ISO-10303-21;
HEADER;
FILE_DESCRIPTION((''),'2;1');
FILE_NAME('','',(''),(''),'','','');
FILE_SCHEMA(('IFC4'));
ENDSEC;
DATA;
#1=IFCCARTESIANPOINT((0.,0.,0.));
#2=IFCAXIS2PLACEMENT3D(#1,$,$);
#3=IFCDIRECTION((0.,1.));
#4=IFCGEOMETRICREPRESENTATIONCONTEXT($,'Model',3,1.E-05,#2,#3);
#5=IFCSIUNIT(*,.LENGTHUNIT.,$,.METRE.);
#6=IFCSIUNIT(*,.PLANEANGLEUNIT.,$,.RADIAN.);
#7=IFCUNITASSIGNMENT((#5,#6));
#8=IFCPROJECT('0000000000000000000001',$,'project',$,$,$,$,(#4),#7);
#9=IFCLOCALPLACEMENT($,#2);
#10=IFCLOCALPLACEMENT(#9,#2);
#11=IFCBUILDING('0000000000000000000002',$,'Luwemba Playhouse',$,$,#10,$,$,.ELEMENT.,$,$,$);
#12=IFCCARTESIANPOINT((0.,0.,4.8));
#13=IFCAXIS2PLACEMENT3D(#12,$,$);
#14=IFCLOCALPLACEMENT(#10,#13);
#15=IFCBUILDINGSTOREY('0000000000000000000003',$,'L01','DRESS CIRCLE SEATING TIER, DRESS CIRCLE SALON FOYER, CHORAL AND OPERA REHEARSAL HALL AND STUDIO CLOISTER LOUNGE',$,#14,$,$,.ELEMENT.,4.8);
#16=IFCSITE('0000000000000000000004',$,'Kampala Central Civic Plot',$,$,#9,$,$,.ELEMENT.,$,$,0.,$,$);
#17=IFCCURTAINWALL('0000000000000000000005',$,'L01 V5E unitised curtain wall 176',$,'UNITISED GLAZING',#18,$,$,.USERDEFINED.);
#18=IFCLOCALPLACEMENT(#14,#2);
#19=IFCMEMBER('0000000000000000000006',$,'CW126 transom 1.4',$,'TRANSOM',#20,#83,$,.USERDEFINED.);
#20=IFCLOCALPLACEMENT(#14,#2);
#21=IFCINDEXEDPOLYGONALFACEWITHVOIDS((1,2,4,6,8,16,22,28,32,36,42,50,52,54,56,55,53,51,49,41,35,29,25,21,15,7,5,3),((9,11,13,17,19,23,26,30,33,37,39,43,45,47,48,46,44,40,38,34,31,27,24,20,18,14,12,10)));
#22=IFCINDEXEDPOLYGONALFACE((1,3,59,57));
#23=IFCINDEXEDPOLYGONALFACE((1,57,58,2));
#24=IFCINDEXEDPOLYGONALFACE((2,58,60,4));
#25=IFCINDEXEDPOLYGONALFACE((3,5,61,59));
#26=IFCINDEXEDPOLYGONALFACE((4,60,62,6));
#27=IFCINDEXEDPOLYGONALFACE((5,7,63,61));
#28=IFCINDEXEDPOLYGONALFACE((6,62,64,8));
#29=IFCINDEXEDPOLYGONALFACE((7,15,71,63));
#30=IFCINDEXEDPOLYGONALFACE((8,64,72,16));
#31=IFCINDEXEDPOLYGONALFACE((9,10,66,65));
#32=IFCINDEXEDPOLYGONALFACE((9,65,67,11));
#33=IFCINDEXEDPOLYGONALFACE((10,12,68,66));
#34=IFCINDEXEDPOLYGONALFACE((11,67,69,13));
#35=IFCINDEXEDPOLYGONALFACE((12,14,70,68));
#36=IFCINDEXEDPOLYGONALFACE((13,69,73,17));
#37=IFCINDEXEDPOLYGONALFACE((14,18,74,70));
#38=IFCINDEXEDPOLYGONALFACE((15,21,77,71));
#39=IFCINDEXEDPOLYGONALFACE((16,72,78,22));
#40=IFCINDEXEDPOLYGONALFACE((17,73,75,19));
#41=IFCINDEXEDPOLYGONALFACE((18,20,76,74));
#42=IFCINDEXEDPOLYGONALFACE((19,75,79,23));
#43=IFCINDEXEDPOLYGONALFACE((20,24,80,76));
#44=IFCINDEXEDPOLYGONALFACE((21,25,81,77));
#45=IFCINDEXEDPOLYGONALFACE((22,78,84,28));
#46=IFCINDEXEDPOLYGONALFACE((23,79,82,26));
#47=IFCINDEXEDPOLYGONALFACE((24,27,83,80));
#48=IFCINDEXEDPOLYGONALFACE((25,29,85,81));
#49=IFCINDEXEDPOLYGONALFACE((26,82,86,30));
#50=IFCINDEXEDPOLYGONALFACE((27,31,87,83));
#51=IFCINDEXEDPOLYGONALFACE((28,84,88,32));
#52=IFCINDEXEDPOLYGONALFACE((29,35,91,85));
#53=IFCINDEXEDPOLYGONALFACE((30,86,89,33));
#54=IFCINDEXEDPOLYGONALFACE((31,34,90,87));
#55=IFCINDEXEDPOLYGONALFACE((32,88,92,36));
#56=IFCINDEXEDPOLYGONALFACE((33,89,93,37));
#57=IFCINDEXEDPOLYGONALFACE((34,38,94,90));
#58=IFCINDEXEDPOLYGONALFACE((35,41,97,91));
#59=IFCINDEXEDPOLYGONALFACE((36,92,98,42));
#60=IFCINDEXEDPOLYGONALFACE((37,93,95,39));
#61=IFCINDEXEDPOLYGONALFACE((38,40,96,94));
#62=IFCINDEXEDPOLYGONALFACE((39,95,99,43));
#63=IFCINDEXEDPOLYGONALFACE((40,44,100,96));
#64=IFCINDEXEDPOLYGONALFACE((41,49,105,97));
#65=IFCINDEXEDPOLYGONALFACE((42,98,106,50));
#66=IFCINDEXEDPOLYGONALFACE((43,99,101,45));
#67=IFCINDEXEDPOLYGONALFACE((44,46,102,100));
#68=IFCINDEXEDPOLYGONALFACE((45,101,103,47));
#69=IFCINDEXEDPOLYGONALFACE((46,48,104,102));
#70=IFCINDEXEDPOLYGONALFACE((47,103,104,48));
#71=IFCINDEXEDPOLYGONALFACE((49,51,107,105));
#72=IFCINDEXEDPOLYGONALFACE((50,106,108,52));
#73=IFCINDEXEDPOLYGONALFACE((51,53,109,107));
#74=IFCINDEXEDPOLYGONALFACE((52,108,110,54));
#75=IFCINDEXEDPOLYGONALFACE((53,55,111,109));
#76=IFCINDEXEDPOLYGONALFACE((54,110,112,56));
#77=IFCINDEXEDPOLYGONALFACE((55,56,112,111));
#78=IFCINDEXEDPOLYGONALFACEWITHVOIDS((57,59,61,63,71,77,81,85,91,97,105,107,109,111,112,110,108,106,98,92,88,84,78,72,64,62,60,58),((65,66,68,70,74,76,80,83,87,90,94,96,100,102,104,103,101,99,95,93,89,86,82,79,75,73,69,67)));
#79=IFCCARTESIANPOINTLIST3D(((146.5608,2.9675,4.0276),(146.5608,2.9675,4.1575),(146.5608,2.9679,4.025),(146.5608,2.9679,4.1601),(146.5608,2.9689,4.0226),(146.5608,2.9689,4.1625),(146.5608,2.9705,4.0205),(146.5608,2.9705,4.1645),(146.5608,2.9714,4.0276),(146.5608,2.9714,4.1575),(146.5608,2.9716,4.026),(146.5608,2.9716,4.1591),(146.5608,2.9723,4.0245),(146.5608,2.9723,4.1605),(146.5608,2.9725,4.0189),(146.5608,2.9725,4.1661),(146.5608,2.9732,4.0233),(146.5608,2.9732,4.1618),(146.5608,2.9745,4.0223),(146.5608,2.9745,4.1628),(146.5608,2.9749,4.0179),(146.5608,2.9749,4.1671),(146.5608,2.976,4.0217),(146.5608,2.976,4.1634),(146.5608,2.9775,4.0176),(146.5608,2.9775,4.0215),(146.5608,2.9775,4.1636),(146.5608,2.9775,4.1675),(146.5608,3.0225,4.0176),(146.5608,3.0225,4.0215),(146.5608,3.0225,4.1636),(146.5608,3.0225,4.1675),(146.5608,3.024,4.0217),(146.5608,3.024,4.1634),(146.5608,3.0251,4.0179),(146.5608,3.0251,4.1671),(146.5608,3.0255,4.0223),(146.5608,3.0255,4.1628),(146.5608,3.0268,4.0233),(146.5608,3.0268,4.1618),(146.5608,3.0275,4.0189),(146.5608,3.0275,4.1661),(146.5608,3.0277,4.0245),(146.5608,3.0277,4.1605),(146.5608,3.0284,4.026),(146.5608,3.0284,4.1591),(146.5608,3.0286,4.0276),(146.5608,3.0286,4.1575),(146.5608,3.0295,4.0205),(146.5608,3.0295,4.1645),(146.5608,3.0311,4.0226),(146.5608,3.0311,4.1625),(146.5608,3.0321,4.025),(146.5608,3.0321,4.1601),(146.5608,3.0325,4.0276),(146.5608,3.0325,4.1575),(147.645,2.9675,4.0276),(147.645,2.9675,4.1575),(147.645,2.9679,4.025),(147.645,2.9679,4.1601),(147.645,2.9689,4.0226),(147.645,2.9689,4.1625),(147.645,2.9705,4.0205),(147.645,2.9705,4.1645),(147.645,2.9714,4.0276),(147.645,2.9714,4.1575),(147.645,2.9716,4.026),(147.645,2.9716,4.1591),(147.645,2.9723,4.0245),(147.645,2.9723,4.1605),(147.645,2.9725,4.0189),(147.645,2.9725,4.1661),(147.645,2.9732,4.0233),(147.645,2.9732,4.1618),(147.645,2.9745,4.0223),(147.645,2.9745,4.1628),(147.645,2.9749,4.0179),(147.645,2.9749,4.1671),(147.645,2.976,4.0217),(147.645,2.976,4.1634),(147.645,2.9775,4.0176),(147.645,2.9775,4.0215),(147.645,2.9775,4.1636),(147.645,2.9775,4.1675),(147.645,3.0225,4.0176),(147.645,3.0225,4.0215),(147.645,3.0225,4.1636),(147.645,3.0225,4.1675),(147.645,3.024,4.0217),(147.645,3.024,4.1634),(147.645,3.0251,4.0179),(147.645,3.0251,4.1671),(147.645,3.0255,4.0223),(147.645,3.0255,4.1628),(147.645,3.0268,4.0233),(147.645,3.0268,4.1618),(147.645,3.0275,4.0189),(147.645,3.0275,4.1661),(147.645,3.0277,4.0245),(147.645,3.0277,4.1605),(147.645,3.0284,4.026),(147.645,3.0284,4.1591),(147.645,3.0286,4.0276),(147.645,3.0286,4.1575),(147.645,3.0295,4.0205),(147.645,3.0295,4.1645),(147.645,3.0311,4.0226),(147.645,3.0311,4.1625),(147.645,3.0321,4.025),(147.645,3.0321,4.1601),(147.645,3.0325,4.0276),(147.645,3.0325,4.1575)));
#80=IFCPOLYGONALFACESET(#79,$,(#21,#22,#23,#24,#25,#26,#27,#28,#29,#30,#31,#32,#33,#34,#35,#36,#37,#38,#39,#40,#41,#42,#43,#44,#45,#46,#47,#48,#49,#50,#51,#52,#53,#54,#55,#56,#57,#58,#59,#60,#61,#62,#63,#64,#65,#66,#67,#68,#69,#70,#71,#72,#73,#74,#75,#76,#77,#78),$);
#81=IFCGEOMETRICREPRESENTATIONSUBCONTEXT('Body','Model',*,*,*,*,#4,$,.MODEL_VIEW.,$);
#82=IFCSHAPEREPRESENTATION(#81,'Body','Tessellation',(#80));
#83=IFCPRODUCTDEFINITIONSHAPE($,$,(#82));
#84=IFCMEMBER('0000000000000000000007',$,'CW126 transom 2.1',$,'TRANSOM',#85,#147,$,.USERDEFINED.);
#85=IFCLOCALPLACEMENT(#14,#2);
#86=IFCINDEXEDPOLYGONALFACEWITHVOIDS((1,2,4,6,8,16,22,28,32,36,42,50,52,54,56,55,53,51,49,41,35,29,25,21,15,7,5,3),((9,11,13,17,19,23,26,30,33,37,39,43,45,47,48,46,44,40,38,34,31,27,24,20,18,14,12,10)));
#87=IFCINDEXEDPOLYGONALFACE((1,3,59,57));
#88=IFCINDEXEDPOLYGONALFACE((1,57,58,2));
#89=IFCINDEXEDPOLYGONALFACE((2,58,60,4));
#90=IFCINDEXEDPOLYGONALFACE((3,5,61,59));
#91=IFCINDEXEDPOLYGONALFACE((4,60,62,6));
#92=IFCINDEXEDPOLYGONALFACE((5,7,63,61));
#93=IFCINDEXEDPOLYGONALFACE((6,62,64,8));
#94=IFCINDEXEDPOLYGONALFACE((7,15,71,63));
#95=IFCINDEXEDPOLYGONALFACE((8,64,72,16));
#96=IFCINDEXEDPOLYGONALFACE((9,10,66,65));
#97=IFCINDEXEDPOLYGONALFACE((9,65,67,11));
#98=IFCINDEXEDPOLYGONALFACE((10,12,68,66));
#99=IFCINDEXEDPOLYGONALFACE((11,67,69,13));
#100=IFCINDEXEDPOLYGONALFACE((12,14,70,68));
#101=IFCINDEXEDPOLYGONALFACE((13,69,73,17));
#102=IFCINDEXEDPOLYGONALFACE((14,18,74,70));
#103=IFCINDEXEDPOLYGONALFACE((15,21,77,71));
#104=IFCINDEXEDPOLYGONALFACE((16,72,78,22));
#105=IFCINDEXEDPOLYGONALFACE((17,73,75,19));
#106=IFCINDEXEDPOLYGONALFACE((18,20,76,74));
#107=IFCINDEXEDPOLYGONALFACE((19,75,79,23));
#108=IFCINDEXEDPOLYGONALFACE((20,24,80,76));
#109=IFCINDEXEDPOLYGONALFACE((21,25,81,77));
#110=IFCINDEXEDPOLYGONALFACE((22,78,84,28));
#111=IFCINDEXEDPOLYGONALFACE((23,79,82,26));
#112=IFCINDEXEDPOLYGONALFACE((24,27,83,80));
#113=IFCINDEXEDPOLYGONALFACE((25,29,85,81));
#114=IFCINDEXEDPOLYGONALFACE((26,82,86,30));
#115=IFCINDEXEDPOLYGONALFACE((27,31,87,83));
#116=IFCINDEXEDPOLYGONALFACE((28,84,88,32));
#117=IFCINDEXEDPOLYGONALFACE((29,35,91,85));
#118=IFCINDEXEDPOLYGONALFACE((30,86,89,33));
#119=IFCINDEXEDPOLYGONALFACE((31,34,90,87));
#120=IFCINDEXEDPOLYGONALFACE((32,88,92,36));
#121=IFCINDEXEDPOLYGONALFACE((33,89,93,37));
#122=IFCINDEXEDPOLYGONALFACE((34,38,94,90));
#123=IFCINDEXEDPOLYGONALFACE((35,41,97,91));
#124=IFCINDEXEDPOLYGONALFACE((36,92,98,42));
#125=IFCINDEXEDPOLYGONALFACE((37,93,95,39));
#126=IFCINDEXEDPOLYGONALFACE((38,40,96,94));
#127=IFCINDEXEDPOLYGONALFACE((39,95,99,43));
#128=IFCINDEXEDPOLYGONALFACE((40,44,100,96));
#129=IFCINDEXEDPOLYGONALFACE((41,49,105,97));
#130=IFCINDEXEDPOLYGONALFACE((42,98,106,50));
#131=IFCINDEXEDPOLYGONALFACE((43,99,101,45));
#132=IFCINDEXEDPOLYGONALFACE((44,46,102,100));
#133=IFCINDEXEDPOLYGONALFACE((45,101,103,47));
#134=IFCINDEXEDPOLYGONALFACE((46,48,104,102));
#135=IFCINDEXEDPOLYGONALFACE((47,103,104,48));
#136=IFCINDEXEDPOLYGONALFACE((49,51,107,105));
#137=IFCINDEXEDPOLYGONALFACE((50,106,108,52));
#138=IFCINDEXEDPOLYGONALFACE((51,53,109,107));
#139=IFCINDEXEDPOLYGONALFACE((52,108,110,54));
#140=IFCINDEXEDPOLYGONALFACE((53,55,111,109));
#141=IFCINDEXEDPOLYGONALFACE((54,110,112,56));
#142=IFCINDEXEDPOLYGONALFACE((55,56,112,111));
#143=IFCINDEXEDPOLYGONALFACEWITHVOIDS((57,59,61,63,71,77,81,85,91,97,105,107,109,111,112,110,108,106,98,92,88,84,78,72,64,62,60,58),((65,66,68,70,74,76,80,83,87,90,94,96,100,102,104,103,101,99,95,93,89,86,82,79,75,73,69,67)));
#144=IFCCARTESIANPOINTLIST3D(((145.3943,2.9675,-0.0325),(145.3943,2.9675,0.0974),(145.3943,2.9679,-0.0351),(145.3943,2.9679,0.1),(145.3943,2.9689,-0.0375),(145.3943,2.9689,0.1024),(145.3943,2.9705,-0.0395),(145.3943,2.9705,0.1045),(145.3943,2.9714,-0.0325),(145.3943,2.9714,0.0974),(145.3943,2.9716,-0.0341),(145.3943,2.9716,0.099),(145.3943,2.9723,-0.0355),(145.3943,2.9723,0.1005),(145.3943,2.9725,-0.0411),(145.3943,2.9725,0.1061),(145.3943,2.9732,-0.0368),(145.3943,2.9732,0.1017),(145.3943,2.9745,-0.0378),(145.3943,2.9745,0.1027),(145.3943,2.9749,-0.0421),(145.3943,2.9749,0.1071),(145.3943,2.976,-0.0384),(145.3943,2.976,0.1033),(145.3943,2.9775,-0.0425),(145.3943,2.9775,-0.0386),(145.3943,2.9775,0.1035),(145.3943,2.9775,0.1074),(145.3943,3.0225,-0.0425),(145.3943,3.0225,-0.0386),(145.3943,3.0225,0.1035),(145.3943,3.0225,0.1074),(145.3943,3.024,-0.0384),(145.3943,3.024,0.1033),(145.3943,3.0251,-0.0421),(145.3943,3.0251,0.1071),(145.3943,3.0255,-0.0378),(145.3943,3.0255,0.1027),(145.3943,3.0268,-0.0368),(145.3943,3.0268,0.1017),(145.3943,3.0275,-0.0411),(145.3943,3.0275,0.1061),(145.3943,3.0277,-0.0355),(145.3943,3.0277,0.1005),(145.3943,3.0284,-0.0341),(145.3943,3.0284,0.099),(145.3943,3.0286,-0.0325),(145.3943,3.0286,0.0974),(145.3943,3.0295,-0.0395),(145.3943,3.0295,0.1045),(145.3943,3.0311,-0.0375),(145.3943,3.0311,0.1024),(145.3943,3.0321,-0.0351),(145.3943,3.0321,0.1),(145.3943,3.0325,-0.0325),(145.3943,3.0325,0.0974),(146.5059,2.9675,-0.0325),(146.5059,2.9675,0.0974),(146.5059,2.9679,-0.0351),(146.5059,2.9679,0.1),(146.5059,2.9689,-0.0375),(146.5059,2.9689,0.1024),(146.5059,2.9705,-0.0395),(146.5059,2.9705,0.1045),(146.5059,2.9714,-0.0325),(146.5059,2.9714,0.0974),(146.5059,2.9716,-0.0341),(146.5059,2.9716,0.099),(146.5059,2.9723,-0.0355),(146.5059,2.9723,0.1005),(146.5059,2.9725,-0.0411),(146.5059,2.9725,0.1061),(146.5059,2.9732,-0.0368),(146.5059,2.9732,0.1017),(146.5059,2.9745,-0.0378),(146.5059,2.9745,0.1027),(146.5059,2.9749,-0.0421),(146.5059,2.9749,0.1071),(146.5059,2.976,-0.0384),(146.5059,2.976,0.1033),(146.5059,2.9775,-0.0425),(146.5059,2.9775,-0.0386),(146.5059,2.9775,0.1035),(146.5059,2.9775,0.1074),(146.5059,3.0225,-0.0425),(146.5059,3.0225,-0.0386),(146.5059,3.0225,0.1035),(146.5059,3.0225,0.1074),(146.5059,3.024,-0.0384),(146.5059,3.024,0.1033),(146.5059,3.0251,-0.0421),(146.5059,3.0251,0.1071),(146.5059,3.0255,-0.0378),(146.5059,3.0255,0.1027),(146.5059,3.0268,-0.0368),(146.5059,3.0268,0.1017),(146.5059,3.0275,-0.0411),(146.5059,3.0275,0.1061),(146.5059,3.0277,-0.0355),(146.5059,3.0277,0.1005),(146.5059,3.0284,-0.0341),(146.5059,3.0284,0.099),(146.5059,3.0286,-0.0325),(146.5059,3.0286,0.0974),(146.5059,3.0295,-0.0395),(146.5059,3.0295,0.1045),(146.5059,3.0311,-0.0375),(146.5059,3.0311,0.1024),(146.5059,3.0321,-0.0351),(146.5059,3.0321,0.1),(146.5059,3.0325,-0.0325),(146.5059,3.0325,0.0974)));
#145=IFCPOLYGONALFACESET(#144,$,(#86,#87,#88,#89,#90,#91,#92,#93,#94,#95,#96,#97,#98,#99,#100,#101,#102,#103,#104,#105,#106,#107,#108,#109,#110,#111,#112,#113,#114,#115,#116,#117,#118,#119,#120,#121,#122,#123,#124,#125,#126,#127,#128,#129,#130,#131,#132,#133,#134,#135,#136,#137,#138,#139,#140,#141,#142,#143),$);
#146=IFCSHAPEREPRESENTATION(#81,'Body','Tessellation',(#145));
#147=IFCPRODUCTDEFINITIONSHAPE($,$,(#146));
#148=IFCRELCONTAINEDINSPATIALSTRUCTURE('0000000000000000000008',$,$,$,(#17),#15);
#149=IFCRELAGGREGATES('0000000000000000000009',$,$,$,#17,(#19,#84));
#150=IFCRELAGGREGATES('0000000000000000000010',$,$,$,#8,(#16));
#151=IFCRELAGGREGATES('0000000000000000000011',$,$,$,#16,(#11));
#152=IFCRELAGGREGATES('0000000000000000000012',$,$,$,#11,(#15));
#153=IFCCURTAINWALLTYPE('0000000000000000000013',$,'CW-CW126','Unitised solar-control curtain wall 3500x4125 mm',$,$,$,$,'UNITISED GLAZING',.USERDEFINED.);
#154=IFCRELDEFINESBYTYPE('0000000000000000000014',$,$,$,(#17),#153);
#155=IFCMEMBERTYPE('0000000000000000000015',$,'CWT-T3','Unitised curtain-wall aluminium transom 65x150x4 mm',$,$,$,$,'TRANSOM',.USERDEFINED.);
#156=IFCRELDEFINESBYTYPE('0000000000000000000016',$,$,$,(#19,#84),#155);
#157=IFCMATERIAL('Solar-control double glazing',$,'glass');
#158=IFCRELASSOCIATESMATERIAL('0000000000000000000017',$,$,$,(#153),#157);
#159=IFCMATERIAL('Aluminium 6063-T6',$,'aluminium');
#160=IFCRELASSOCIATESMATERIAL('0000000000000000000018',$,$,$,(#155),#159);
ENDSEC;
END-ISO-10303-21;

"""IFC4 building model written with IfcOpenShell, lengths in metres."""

from ifc_helpers import new_model, si_unit, direction, frame, origin, origin_2d, place, context, subcontext, project, spatial, hollow_rectangle, extrude, material, material_profile, profile_set, type_object, element, aggregate, save


model = new_model("IFC4")

# Units and contexts
model_context = context("Model", 3, precision=1e-05, world=origin(), true_north=direction((0.0, 1.0)))
body_context = subcontext(model_context, "Body", "Model", "MODEL_VIEW")
ifc_project = project(units=[si_unit("LENGTHUNIT", "METRE"), si_unit("PLANEANGLEUNIT", "RADIAN")], contexts=[model_context])

# Site, building, storey
site_placement = place(None, origin())
site = spatial("IfcSite", under=ifc_project, at=site_placement, Name="Kampala Central Civic Plot", CompositionType="ELEMENT", RefElevation=0.0)
building_placement = place(site_placement, origin())
building = spatial("IfcBuilding", under=site, at=building_placement, Name="Luwemba Playhouse", CompositionType="ELEMENT")
storey_placement = place(building_placement, frame((0.0, 0.0, 4.8)))
storey = spatial("IfcBuildingStorey", under=building, at=storey_placement, Name="L01", Description="DRESS CIRCLE SEATING TIER, DRESS CIRCLE SALON FOYER, CHORAL AND OPERA REHEARSAL HALL AND STUDIO CLOISTER LOUNGE", CompositionType="ELEMENT", Elevation=4.8)

# Curtain wall, members
ifc_material_1 = material(Name="Solar-control double glazing", Category="glass")
curtain_wall_type = type_object("IfcCurtainWallType", Name="CW-CW126", Description="Unitised solar-control curtain wall 3500x4125 mm", ElementType="UNITISED GLAZING", PredefinedType="USERDEFINED", material=ifc_material_1)
curtain_wall_placement = place(storey_placement, origin())
curtain_wall = element("IfcCurtainWall", 1, at=curtain_wall_placement, inside=storey, type_object=curtain_wall_type, Name="L01 V5E unitised curtain wall 176", ObjectType="UNITISED GLAZING", PredefinedType="USERDEFINED")
ifc_material_2 = material(Name="Aluminium 6063-T6", Category="aluminium")
ifc_material_profile_1 = material_profile(ifc_material_2, hollow_rectangle(XDim=0.0649, YDim=0.1499, WallThickness=0.0039, InnerFilletRadius=0.0061, OuterFilletRadius=0.01, at=origin_2d()))
ifc_profile_set_1 = profile_set([ifc_material_profile_1], Name="Aluminium 6063-T6")
member_type_1 = type_object("IfcMemberType", Name="CWT-T3", Description="Unitised curtain-wall aluminium transom 65x150x4 mm", ElementType="TRANSOM", PredefinedType="USERDEFINED", material=ifc_profile_set_1)
member_1_placement = place(storey_placement, frame((147.645, 3.0, 4.0925), z_axis=(-1.0, 0.0, 0.0), x_axis=(0.0, -1.0, 0.0)))
member_1 = element("IfcMember", 2, at=member_1_placement, type_object=member_type_1, Name="CW126 transom 1.4", ObjectType="TRANSOM", PredefinedType="USERDEFINED", context=body_context, shape_type="SweptSolid", body=[
    extrude(hollow_rectangle(XDim=0.0649, YDim=0.1499, WallThickness=0.0039, InnerFilletRadius=0.0061, OuterFilletRadius=0.01, at=origin_2d()), origin(), (0.0, 0.0, 1.0), 1.0842),
])
member_2_placement = place(storey_placement, frame((146.5059, 3.0, 0.0325), z_axis=(-1.0, 0.0, 0.0), x_axis=(0.0, -1.0, 0.0)))
member_2 = element("IfcMember", 3, at=member_2_placement, type_object=member_type_1, Name="CW126 transom 2.1", ObjectType="TRANSOM", PredefinedType="USERDEFINED", context=body_context, shape_type="SweptSolid", body=[
    extrude(hollow_rectangle(XDim=0.0649, YDim=0.1499, WallThickness=0.0039, InnerFilletRadius=0.0061, OuterFilletRadius=0.01, at=origin_2d()), origin(), (0.0, 0.0, 1.0), 1.1116),
])

aggregate(curtain_wall, [member_1, member_2])

save(model, "model.ifc")
